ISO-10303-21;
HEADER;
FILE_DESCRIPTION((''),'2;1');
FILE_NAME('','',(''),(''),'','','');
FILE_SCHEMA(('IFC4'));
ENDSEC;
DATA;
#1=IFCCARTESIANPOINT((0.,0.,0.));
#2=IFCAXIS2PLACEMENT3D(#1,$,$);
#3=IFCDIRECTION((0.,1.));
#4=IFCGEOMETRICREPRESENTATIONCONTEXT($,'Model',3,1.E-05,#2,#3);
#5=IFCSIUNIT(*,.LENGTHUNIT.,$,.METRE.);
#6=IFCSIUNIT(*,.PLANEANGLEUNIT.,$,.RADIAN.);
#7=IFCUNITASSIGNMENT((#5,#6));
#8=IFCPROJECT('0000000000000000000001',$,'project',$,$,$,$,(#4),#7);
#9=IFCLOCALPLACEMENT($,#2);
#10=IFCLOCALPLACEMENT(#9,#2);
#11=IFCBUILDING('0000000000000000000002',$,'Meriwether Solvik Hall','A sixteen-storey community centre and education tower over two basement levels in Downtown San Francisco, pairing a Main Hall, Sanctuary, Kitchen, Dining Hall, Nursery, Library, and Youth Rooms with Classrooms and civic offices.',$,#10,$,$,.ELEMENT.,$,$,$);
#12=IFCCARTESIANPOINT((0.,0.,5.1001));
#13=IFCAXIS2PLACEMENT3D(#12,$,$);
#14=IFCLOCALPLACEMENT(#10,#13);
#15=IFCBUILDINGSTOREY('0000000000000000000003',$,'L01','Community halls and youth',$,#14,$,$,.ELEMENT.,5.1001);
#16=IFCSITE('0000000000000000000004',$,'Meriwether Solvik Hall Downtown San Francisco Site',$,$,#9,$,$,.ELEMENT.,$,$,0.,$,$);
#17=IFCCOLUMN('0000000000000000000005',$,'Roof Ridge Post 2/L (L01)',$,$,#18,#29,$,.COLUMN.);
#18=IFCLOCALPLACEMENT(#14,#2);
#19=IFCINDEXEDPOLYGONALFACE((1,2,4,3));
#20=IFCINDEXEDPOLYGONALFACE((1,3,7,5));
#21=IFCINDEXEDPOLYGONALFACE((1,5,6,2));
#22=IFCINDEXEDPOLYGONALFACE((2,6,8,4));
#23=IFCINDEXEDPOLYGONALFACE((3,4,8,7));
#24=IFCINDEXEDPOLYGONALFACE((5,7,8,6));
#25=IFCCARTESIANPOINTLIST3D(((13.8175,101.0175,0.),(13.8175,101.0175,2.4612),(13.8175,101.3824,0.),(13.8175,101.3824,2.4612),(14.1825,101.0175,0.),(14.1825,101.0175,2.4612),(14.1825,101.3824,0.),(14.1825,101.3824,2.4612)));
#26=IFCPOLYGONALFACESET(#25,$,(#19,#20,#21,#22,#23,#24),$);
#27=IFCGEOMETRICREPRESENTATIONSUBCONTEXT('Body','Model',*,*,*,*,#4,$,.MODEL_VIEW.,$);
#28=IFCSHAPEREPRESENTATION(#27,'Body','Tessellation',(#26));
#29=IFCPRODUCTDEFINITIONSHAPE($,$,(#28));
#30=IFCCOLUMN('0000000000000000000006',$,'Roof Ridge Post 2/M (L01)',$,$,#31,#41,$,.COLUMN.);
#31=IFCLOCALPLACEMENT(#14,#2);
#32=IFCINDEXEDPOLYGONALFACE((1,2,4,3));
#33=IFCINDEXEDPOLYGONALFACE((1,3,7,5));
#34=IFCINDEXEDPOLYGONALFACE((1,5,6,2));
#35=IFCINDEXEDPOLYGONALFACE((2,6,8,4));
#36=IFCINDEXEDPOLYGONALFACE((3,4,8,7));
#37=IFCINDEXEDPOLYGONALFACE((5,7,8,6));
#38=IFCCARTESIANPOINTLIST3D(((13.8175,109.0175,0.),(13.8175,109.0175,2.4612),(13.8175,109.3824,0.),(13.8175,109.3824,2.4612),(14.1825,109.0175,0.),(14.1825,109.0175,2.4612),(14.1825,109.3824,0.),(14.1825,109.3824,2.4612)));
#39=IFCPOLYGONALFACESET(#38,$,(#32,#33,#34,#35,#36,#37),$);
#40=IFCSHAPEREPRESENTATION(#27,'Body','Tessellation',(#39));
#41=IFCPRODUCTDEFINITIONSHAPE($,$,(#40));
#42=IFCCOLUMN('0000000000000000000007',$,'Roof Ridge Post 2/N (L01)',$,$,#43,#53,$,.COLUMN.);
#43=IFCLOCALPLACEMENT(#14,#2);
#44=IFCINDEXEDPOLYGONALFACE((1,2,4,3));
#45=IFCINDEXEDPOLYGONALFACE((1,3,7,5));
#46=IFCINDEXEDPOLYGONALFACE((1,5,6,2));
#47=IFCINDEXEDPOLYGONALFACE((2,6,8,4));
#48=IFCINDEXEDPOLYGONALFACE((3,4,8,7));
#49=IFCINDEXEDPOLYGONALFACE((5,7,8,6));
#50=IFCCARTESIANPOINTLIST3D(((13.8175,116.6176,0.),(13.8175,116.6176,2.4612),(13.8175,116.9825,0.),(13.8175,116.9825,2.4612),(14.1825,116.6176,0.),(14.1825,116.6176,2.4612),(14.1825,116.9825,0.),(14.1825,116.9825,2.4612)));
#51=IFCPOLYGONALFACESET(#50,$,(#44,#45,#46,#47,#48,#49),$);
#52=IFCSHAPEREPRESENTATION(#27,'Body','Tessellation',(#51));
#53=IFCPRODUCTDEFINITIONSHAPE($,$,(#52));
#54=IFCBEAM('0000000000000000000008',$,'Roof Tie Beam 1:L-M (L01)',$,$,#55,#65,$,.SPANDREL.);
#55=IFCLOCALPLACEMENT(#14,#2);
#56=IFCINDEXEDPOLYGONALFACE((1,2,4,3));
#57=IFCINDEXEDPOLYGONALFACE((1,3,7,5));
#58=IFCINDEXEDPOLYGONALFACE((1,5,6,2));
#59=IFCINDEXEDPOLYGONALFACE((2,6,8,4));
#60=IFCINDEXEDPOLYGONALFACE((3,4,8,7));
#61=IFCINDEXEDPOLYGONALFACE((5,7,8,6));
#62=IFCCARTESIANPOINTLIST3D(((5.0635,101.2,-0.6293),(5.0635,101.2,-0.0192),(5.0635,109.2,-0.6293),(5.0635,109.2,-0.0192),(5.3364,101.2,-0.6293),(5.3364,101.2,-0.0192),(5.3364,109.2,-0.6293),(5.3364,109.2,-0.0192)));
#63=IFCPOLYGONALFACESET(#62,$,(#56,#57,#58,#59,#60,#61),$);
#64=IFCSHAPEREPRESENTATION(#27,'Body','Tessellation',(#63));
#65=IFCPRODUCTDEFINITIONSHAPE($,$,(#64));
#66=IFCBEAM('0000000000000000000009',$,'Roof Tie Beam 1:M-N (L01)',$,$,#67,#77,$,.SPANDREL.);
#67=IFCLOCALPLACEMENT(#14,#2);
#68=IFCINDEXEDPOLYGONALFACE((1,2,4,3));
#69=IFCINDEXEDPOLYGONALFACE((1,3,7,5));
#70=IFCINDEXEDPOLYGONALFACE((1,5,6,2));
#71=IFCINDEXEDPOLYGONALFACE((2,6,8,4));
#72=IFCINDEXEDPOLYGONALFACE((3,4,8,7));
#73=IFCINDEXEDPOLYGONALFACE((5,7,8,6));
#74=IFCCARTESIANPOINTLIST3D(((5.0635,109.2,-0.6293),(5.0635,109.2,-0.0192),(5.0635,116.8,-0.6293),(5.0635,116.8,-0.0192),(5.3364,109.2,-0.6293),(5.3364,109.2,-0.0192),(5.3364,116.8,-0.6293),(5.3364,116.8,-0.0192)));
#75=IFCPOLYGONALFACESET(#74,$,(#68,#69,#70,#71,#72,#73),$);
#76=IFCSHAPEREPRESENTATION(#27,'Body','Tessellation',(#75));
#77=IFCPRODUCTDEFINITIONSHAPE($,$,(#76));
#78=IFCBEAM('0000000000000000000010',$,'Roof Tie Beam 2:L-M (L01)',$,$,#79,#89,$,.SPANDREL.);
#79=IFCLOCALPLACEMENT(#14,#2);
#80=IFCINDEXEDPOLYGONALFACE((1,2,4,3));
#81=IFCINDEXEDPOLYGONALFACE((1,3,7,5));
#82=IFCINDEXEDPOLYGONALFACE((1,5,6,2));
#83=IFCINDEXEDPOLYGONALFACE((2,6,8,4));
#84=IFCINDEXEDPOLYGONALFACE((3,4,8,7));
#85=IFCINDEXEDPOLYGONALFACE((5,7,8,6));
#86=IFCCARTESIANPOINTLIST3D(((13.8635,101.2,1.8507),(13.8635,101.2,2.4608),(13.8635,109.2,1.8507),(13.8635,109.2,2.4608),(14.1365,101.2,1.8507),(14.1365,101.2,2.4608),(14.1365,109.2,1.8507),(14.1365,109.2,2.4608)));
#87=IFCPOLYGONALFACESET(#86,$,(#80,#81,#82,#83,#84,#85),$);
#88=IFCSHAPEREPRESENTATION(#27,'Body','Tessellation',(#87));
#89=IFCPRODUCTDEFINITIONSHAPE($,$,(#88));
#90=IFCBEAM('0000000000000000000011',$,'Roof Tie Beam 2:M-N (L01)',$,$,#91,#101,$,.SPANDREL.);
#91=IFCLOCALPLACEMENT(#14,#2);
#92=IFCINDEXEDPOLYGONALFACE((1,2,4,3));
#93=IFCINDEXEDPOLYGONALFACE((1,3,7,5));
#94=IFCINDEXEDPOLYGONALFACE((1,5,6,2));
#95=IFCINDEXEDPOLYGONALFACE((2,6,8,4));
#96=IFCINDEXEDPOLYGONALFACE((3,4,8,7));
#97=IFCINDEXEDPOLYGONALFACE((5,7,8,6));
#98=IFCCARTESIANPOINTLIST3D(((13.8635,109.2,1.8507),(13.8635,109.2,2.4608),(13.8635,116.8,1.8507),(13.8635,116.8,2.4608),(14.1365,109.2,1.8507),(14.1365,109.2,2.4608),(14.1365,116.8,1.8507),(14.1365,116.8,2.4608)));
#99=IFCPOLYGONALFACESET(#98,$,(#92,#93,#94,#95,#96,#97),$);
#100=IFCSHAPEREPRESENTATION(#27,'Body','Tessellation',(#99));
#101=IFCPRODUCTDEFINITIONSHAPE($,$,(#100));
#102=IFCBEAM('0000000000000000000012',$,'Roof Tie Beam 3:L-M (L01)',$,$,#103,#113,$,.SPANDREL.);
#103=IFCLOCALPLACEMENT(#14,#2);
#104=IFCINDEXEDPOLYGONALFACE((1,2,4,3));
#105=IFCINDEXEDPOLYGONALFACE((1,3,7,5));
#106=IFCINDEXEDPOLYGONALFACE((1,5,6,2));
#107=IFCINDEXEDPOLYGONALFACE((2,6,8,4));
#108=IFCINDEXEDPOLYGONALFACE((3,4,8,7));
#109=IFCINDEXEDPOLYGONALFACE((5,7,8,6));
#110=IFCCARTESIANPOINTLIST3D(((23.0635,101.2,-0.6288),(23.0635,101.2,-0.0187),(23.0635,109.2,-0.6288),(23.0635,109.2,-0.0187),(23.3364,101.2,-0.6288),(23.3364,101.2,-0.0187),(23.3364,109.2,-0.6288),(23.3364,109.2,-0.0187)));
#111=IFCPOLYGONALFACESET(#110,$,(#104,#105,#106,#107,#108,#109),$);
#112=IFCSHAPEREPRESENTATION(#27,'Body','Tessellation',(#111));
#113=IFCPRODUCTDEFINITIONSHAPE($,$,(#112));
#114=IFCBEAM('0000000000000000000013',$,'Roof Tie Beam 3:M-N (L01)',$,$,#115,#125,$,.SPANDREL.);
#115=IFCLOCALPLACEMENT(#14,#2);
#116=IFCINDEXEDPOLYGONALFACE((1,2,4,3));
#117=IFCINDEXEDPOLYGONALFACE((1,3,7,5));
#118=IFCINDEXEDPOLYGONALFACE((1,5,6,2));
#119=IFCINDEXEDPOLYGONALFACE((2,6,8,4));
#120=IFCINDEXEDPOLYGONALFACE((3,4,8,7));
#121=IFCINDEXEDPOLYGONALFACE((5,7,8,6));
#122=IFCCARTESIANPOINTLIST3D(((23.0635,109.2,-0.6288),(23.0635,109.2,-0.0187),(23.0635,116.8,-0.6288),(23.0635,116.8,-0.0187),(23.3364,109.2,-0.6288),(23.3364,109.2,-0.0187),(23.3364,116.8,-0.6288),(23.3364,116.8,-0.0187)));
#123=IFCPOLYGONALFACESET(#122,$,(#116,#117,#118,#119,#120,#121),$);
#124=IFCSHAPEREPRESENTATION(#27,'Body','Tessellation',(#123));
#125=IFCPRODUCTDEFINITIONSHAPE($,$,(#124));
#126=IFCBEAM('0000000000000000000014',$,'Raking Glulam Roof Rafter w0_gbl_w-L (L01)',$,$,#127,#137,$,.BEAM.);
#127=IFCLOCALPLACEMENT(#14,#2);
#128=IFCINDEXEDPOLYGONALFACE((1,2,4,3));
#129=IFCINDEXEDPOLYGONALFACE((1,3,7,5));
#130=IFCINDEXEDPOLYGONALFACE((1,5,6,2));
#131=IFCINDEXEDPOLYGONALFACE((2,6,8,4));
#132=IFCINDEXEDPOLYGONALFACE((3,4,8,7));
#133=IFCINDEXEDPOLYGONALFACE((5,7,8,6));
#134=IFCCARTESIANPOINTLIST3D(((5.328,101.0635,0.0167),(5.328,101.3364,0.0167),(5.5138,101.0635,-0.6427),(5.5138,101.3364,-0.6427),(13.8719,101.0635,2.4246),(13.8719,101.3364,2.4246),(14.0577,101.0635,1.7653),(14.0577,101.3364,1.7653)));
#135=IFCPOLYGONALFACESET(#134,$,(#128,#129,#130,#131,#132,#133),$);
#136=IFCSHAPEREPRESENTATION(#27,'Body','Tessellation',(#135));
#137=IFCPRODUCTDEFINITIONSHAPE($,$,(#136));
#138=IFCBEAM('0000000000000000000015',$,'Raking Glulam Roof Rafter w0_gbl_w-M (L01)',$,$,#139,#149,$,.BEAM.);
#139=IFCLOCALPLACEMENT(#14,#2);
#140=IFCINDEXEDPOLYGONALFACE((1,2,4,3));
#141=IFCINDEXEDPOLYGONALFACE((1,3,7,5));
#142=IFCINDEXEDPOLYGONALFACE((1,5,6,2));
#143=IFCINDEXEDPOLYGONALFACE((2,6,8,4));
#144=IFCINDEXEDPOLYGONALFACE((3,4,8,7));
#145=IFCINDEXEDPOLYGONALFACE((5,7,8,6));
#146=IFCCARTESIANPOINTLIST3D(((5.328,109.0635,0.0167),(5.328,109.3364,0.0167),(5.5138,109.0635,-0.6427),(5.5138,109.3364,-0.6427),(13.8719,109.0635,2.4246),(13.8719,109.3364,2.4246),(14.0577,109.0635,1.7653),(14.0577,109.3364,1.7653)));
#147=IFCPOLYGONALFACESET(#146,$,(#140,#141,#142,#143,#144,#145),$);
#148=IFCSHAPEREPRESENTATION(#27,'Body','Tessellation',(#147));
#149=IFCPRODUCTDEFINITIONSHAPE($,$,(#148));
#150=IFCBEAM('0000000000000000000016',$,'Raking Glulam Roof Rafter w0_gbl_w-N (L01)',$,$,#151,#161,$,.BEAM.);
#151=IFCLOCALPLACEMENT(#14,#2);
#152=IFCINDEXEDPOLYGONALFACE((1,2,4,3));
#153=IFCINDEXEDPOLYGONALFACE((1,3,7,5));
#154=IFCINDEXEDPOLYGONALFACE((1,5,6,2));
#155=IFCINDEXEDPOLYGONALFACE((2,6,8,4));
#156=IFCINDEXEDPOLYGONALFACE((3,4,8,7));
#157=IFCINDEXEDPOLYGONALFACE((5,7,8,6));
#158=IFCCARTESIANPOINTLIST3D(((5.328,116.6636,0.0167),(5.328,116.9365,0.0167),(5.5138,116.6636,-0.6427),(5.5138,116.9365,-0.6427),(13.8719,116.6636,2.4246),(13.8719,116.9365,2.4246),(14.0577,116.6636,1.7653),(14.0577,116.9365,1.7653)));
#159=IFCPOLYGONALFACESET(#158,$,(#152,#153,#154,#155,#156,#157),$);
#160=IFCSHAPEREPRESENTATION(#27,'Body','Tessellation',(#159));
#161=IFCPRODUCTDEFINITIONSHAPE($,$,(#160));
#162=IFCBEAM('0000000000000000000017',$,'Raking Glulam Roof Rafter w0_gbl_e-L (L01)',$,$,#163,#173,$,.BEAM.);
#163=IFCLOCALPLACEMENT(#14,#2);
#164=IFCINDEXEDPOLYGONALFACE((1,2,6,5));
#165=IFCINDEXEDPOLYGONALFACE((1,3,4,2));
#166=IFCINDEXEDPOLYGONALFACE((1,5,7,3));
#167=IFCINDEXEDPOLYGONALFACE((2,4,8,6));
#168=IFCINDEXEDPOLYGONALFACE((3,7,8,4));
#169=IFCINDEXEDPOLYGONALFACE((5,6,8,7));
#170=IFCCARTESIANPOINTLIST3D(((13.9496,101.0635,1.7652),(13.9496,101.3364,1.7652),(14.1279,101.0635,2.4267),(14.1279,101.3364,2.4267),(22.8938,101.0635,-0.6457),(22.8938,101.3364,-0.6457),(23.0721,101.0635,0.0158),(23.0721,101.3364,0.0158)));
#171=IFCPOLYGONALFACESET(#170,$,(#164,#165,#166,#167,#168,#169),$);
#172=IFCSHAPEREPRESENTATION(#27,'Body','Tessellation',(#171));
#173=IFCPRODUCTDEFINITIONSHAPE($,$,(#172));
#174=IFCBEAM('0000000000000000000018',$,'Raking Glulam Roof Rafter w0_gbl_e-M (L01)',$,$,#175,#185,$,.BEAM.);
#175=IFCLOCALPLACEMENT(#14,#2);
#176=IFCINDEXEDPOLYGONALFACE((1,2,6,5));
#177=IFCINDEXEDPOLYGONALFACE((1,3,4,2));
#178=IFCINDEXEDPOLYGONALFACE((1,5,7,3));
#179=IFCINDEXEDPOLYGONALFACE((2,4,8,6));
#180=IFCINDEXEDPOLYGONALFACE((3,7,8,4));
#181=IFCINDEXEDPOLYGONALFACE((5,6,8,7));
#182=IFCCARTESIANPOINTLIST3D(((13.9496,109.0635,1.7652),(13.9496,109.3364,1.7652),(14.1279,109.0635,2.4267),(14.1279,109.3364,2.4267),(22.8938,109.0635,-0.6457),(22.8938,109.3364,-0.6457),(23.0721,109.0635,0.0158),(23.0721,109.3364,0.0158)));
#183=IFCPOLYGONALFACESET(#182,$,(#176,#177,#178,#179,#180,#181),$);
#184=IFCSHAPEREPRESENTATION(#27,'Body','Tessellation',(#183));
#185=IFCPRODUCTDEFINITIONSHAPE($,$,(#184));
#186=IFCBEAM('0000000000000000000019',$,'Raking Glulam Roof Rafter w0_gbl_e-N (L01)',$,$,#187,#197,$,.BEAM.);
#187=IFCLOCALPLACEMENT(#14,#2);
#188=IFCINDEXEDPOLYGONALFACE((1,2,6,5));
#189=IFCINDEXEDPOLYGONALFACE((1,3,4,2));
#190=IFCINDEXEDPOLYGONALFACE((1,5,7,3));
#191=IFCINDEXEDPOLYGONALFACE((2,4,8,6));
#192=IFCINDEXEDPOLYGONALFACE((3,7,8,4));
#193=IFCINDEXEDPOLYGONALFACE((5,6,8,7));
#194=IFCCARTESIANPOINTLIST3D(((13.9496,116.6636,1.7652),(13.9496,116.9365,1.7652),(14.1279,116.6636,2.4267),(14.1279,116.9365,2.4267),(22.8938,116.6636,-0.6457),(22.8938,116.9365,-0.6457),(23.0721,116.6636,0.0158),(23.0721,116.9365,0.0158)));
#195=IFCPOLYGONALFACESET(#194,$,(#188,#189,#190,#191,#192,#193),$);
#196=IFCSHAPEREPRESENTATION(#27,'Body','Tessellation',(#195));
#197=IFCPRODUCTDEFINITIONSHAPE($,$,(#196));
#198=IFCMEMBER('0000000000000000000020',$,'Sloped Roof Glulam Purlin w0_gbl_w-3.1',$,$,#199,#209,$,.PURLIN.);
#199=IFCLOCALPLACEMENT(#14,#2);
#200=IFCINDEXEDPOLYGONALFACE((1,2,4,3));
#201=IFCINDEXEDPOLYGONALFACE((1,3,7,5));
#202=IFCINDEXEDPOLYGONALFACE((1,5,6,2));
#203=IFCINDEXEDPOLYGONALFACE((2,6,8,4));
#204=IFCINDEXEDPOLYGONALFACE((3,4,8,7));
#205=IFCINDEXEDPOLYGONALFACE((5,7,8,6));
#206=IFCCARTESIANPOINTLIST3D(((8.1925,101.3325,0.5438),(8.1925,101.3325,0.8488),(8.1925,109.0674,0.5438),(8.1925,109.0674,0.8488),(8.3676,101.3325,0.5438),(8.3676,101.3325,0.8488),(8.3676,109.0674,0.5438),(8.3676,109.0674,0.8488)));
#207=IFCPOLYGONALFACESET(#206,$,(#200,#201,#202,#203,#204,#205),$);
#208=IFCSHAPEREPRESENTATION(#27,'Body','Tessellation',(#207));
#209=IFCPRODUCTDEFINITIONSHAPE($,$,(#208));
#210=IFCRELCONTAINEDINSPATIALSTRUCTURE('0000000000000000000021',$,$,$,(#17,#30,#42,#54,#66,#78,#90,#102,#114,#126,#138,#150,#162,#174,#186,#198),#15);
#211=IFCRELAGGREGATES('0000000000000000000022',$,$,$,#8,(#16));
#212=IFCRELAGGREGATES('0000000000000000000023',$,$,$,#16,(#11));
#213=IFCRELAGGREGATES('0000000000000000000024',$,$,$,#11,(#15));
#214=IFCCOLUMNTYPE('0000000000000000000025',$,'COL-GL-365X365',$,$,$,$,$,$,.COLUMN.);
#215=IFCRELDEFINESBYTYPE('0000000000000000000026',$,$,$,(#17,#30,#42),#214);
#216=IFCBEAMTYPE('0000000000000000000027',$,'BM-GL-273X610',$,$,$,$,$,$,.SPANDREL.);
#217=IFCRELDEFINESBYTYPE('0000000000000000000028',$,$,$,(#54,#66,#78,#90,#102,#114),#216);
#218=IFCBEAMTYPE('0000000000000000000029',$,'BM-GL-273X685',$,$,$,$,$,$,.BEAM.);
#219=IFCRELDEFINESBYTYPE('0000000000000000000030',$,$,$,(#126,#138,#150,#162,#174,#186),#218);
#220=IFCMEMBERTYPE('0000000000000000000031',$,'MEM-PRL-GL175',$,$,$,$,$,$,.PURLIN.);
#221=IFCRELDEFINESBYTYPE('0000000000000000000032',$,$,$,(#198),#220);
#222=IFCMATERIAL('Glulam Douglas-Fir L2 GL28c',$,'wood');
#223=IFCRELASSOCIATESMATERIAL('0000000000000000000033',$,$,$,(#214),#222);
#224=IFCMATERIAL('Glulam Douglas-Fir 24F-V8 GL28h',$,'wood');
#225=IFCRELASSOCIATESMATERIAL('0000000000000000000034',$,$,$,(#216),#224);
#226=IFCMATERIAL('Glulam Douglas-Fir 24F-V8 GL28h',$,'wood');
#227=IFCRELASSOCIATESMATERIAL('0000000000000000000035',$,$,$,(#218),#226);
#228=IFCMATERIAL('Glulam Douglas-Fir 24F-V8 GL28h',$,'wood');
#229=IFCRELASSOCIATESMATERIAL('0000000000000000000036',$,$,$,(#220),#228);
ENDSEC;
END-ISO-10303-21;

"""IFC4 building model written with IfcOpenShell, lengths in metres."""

from ifc_helpers import new_model, si_unit, direction, frame, origin, origin_2d, place, context, subcontext, project, spatial, rectangle, extrude, material, material_profile, profile_set, type_object, element, save


model = new_model("IFC4")

# Units and contexts
model_context = context("Model", 3, precision=1e-05, world=origin(), true_north=direction((0.0, 1.0)))
body_context = subcontext(model_context, "Body", "Model", "MODEL_VIEW")
ifc_project = project(units=[si_unit("LENGTHUNIT", "METRE"), si_unit("PLANEANGLEUNIT", "RADIAN")], contexts=[model_context])

# Site, building, storey
site_placement = place(None, origin())
site = spatial("IfcSite", under=ifc_project, at=site_placement, Name="Meriwether Solvik Hall Downtown San Francisco Site", CompositionType="ELEMENT", RefElevation=0.0)
building_placement = place(site_placement, origin())
building = spatial("IfcBuilding", under=site, at=building_placement, Name="Meriwether Solvik Hall", Description="A sixteen-storey community centre and education tower over two basement levels in Downtown San Francisco, pairing a Main Hall, Sanctuary, Kitchen, Dining Hall, Nursery, Library, and Youth Rooms with Classrooms and civic offices.", CompositionType="ELEMENT")
storey_placement = place(building_placement, frame((0.0, 0.0, 5.1001)))
storey = spatial("IfcBuildingStorey", under=building, at=storey_placement, Name="L01", Description="Community halls and youth", CompositionType="ELEMENT", Elevation=5.1001)

# Columns
ifc_material_1 = material(Name="Glulam Douglas-Fir L2 GL28c", Category="wood")
ifc_material_profile_1 = material_profile(ifc_material_1, rectangle(XDim=0.365, YDim=0.365, at=origin_2d()), Name="GLC-365X365")
ifc_profile_set_1 = profile_set([ifc_material_profile_1], Name="Glulam Douglas-Fir L2 GL28c")
column_type = type_object("IfcColumnType", Name="COL-GL-365X365", PredefinedType="COLUMN", material=ifc_profile_set_1)
for number, where, z_axis, x_axis, name in (
    (1, (14.0, 101.2, 0.0), (0.0, 0.0, 1.0), (1.0, 0.0, 0.0), "Roof Ridge Post 2/L (L01)"),
    (2, (14.0, 109.2, 0.0), (0.0, 0.0, 1.0), (1.0, 0.0, 0.0), "Roof Ridge Post 2/M (L01)"),
    (3, (14.0, 116.8, 0.0), (0.0, 0.0, 1.0), (1.0, 0.0, 0.0), "Roof Ridge Post 2/N (L01)"),
):
    element("IfcColumn", number, at=place(storey_placement, frame(where, z_axis=z_axis, x_axis=x_axis)), inside=storey, type_object=column_type, Name=name, PredefinedType="COLUMN", context=body_context, shape_type="SweptSolid", body=[
        extrude(rectangle(XDim=0.365, YDim=0.365, at=origin_2d()), origin(), (0.0, 0.0, 1.0), 2.4612),
    ])

# Beams
ifc_material_2 = material(Name="Glulam Douglas-Fir 24F-V8 GL28h", Category="wood")
ifc_material_profile_2 = material_profile(ifc_material_2, rectangle(XDim=0.2729, YDim=0.6101, at=origin_2d()), Name="GLB-273X610")
ifc_profile_set_2 = profile_set([ifc_material_profile_2], Name="Glulam Douglas-Fir 24F-V8 GL28h")
beam_type_1 = type_object("IfcBeamType", Name="BM-GL-273X610", PredefinedType="SPANDREL", material=ifc_profile_set_2)
beam_1_placement = place(storey_placement, frame((5.2, 101.2, -0.3242), z_axis=(0.0, 1.0, 0.0), x_axis=(-1.0, 0.0, 0.0)))
element("IfcBeam", 4, at=beam_1_placement, inside=storey, type_object=beam_type_1, Name="Roof Tie Beam 1:L-M (L01)", PredefinedType="SPANDREL", context=body_context, shape_type="SweptSolid", body=[
    extrude(rectangle(XDim=0.2729, YDim=0.6101, at=origin_2d()), origin(), (0.0, 0.0, 1.0), 8.0),
])
beam_2_placement = place(storey_placement, frame((5.2, 109.2, -0.3242), z_axis=(0.0, 1.0, 0.0), x_axis=(-1.0, 0.0, 0.0)))
element("IfcBeam", 5, at=beam_2_placement, inside=storey, type_object=beam_type_1, Name="Roof Tie Beam 1:M-N (L01)", PredefinedType="SPANDREL", context=body_context, shape_type="SweptSolid", body=[
    extrude(rectangle(XDim=0.2729, YDim=0.6101, at=origin_2d()), origin(), (0.0, 0.0, 1.0), 7.6001),
])
beam_3_placement = place(storey_placement, frame((14.0, 101.2, 2.1558), z_axis=(0.0, 1.0, 0.0), x_axis=(-1.0, 0.0, 0.0)))
element("IfcBeam", 6, at=beam_3_placement, inside=storey, type_object=beam_type_1, Name="Roof Tie Beam 2:L-M (L01)", PredefinedType="SPANDREL", context=body_context, shape_type="SweptSolid", body=[
    extrude(rectangle(XDim=0.2729, YDim=0.6101, at=origin_2d()), origin(), (0.0, 0.0, 1.0), 8.0),
])
beam_4_placement = place(storey_placement, frame((14.0, 109.2, 2.1558), z_axis=(0.0, 1.0, 0.0), x_axis=(-1.0, 0.0, 0.0)))
element("IfcBeam", 7, at=beam_4_placement, inside=storey, type_object=beam_type_1, Name="Roof Tie Beam 2:M-N (L01)", PredefinedType="SPANDREL", context=body_context, shape_type="SweptSolid", body=[
    extrude(rectangle(XDim=0.2729, YDim=0.6101, at=origin_2d()), origin(), (0.0, 0.0, 1.0), 7.6001),
])
beam_5_placement = place(storey_placement, frame((23.2, 101.2, -0.3237), z_axis=(0.0, 1.0, 0.0), x_axis=(-1.0, 0.0, 0.0)))
element("IfcBeam", 8, at=beam_5_placement, inside=storey, type_object=beam_type_1, Name="Roof Tie Beam 3:L-M (L01)", PredefinedType="SPANDREL", context=body_context, shape_type="SweptSolid", body=[
    extrude(rectangle(XDim=0.2729, YDim=0.6101, at=origin_2d()), origin(), (0.0, 0.0, 1.0), 8.0),
])
beam_6_placement = place(storey_placement, frame((23.2, 109.2, -0.3237), z_axis=(0.0, 1.0, 0.0), x_axis=(-1.0, 0.0, 0.0)))
element("IfcBeam", 9, at=beam_6_placement, inside=storey, type_object=beam_type_1, Name="Roof Tie Beam 3:M-N (L01)", PredefinedType="SPANDREL", context=body_context, shape_type="SweptSolid", body=[
    extrude(rectangle(XDim=0.2729, YDim=0.6101, at=origin_2d()), origin(), (0.0, 0.0, 1.0), 7.6001),
])
ifc_material_3 = material(Name="Glulam Douglas-Fir 24F-V8 GL28h", Category="wood")
ifc_material_profile_3 = material_profile(ifc_material_3, rectangle(XDim=0.2729, YDim=0.6851, at=origin_2d()), Name="GLB-273X685")
ifc_profile_set_3 = profile_set([ifc_material_profile_3], Name="Glulam Douglas-Fir 24F-V8 GL28h")
beam_type_2 = type_object("IfcBeamType", Name="BM-GL-273X685", PredefinedType="BEAM", material=ifc_profile_set_3)
for number, where, z_axis, x_axis, name in (
    (10, (5.4209, 101.2, -0.313), (0.962505, 0.0, 0.271265), (0.0, 1.0, 0.0), "Raking Glulam Roof Rafter w0_gbl_w-L (L01)"),
    (11, (5.4209, 109.2, -0.313), (0.962505, 0.0, 0.271265), (0.0, 1.0, 0.0), "Raking Glulam Roof Rafter w0_gbl_w-M (L01)"),
    (12, (5.4209, 116.8, -0.313), (0.962505, 0.0, 0.271265), (0.0, 1.0, 0.0), "Raking Glulam Roof Rafter w0_gbl_w-N (L01)"),
):
    element("IfcBeam", number, at=place(storey_placement, frame(where, z_axis=z_axis, x_axis=x_axis)), inside=storey, type_object=beam_type_2, Name=name, PredefinedType="BEAM", context=body_context, shape_type="SweptSolid", body=[
        extrude(rectangle(XDim=0.2729, YDim=0.6851, at=origin_2d()), origin(), (0.0, 0.0, 1.0), 8.8767),
    ])
for number, where, z_axis, x_axis, name in (
    (13, (22.9829, 101.2, -0.3149), (-0.965538, 0.0, 0.260262), (0.0, -1.0, 0.0), "Raking Glulam Roof Rafter w0_gbl_e-L (L01)"),
    (14, (22.9829, 109.2, -0.3149), (-0.965538, 0.0, 0.260262), (0.0, -1.0, 0.0), "Raking Glulam Roof Rafter w0_gbl_e-M (L01)"),
    (15, (22.9829, 116.8, -0.3149), (-0.965538, 0.0, 0.260262), (0.0, -1.0, 0.0), "Raking Glulam Roof Rafter w0_gbl_e-N (L01)"),
):
    element("IfcBeam", number, at=place(storey_placement, frame(where, z_axis=z_axis, x_axis=x_axis)), inside=storey, type_object=beam_type_2, Name=name, PredefinedType="BEAM", context=body_context, shape_type="SweptSolid", body=[
        extrude(rectangle(XDim=0.2729, YDim=0.6851, at=origin_2d()), origin(), (0.0, 0.0, 1.0), 9.2634),
    ])

# Member
ifc_material_4 = material(Name="Glulam Douglas-Fir 24F-V8 GL28h", Category="wood")
ifc_material_profile_4 = material_profile(ifc_material_4, rectangle(XDim=0.175, YDim=0.3049, at=origin_2d()), Name="GLM-175X305")
ifc_profile_set_4 = profile_set([ifc_material_profile_4], Name="Glulam Douglas-Fir 24F-V8 GL28h")
member_type = type_object("IfcMemberType", Name="MEM-PRL-GL175", PredefinedType="PURLIN", material=ifc_profile_set_4)
for number, where, z_axis, x_axis, name in (
    (16, (8.28, 101.3325, 0.6963), (0.0, 1.0, 0.0), (-1.0, 0.0, 0.0), "Sloped Roof Glulam Purlin w0_gbl_w-3.1"),
):
    element("IfcMember", number, at=place(storey_placement, frame(where, z_axis=z_axis, x_axis=x_axis)), inside=storey, type_object=member_type, Name=name, PredefinedType="PURLIN", context=body_context, shape_type="SweptSolid", body=[
        extrude(rectangle(XDim=0.175, YDim=0.3049, at=origin_2d()), origin(), (0.0, 0.0, 1.0), 7.7349),
    ])

save(model, "model.ifc")
